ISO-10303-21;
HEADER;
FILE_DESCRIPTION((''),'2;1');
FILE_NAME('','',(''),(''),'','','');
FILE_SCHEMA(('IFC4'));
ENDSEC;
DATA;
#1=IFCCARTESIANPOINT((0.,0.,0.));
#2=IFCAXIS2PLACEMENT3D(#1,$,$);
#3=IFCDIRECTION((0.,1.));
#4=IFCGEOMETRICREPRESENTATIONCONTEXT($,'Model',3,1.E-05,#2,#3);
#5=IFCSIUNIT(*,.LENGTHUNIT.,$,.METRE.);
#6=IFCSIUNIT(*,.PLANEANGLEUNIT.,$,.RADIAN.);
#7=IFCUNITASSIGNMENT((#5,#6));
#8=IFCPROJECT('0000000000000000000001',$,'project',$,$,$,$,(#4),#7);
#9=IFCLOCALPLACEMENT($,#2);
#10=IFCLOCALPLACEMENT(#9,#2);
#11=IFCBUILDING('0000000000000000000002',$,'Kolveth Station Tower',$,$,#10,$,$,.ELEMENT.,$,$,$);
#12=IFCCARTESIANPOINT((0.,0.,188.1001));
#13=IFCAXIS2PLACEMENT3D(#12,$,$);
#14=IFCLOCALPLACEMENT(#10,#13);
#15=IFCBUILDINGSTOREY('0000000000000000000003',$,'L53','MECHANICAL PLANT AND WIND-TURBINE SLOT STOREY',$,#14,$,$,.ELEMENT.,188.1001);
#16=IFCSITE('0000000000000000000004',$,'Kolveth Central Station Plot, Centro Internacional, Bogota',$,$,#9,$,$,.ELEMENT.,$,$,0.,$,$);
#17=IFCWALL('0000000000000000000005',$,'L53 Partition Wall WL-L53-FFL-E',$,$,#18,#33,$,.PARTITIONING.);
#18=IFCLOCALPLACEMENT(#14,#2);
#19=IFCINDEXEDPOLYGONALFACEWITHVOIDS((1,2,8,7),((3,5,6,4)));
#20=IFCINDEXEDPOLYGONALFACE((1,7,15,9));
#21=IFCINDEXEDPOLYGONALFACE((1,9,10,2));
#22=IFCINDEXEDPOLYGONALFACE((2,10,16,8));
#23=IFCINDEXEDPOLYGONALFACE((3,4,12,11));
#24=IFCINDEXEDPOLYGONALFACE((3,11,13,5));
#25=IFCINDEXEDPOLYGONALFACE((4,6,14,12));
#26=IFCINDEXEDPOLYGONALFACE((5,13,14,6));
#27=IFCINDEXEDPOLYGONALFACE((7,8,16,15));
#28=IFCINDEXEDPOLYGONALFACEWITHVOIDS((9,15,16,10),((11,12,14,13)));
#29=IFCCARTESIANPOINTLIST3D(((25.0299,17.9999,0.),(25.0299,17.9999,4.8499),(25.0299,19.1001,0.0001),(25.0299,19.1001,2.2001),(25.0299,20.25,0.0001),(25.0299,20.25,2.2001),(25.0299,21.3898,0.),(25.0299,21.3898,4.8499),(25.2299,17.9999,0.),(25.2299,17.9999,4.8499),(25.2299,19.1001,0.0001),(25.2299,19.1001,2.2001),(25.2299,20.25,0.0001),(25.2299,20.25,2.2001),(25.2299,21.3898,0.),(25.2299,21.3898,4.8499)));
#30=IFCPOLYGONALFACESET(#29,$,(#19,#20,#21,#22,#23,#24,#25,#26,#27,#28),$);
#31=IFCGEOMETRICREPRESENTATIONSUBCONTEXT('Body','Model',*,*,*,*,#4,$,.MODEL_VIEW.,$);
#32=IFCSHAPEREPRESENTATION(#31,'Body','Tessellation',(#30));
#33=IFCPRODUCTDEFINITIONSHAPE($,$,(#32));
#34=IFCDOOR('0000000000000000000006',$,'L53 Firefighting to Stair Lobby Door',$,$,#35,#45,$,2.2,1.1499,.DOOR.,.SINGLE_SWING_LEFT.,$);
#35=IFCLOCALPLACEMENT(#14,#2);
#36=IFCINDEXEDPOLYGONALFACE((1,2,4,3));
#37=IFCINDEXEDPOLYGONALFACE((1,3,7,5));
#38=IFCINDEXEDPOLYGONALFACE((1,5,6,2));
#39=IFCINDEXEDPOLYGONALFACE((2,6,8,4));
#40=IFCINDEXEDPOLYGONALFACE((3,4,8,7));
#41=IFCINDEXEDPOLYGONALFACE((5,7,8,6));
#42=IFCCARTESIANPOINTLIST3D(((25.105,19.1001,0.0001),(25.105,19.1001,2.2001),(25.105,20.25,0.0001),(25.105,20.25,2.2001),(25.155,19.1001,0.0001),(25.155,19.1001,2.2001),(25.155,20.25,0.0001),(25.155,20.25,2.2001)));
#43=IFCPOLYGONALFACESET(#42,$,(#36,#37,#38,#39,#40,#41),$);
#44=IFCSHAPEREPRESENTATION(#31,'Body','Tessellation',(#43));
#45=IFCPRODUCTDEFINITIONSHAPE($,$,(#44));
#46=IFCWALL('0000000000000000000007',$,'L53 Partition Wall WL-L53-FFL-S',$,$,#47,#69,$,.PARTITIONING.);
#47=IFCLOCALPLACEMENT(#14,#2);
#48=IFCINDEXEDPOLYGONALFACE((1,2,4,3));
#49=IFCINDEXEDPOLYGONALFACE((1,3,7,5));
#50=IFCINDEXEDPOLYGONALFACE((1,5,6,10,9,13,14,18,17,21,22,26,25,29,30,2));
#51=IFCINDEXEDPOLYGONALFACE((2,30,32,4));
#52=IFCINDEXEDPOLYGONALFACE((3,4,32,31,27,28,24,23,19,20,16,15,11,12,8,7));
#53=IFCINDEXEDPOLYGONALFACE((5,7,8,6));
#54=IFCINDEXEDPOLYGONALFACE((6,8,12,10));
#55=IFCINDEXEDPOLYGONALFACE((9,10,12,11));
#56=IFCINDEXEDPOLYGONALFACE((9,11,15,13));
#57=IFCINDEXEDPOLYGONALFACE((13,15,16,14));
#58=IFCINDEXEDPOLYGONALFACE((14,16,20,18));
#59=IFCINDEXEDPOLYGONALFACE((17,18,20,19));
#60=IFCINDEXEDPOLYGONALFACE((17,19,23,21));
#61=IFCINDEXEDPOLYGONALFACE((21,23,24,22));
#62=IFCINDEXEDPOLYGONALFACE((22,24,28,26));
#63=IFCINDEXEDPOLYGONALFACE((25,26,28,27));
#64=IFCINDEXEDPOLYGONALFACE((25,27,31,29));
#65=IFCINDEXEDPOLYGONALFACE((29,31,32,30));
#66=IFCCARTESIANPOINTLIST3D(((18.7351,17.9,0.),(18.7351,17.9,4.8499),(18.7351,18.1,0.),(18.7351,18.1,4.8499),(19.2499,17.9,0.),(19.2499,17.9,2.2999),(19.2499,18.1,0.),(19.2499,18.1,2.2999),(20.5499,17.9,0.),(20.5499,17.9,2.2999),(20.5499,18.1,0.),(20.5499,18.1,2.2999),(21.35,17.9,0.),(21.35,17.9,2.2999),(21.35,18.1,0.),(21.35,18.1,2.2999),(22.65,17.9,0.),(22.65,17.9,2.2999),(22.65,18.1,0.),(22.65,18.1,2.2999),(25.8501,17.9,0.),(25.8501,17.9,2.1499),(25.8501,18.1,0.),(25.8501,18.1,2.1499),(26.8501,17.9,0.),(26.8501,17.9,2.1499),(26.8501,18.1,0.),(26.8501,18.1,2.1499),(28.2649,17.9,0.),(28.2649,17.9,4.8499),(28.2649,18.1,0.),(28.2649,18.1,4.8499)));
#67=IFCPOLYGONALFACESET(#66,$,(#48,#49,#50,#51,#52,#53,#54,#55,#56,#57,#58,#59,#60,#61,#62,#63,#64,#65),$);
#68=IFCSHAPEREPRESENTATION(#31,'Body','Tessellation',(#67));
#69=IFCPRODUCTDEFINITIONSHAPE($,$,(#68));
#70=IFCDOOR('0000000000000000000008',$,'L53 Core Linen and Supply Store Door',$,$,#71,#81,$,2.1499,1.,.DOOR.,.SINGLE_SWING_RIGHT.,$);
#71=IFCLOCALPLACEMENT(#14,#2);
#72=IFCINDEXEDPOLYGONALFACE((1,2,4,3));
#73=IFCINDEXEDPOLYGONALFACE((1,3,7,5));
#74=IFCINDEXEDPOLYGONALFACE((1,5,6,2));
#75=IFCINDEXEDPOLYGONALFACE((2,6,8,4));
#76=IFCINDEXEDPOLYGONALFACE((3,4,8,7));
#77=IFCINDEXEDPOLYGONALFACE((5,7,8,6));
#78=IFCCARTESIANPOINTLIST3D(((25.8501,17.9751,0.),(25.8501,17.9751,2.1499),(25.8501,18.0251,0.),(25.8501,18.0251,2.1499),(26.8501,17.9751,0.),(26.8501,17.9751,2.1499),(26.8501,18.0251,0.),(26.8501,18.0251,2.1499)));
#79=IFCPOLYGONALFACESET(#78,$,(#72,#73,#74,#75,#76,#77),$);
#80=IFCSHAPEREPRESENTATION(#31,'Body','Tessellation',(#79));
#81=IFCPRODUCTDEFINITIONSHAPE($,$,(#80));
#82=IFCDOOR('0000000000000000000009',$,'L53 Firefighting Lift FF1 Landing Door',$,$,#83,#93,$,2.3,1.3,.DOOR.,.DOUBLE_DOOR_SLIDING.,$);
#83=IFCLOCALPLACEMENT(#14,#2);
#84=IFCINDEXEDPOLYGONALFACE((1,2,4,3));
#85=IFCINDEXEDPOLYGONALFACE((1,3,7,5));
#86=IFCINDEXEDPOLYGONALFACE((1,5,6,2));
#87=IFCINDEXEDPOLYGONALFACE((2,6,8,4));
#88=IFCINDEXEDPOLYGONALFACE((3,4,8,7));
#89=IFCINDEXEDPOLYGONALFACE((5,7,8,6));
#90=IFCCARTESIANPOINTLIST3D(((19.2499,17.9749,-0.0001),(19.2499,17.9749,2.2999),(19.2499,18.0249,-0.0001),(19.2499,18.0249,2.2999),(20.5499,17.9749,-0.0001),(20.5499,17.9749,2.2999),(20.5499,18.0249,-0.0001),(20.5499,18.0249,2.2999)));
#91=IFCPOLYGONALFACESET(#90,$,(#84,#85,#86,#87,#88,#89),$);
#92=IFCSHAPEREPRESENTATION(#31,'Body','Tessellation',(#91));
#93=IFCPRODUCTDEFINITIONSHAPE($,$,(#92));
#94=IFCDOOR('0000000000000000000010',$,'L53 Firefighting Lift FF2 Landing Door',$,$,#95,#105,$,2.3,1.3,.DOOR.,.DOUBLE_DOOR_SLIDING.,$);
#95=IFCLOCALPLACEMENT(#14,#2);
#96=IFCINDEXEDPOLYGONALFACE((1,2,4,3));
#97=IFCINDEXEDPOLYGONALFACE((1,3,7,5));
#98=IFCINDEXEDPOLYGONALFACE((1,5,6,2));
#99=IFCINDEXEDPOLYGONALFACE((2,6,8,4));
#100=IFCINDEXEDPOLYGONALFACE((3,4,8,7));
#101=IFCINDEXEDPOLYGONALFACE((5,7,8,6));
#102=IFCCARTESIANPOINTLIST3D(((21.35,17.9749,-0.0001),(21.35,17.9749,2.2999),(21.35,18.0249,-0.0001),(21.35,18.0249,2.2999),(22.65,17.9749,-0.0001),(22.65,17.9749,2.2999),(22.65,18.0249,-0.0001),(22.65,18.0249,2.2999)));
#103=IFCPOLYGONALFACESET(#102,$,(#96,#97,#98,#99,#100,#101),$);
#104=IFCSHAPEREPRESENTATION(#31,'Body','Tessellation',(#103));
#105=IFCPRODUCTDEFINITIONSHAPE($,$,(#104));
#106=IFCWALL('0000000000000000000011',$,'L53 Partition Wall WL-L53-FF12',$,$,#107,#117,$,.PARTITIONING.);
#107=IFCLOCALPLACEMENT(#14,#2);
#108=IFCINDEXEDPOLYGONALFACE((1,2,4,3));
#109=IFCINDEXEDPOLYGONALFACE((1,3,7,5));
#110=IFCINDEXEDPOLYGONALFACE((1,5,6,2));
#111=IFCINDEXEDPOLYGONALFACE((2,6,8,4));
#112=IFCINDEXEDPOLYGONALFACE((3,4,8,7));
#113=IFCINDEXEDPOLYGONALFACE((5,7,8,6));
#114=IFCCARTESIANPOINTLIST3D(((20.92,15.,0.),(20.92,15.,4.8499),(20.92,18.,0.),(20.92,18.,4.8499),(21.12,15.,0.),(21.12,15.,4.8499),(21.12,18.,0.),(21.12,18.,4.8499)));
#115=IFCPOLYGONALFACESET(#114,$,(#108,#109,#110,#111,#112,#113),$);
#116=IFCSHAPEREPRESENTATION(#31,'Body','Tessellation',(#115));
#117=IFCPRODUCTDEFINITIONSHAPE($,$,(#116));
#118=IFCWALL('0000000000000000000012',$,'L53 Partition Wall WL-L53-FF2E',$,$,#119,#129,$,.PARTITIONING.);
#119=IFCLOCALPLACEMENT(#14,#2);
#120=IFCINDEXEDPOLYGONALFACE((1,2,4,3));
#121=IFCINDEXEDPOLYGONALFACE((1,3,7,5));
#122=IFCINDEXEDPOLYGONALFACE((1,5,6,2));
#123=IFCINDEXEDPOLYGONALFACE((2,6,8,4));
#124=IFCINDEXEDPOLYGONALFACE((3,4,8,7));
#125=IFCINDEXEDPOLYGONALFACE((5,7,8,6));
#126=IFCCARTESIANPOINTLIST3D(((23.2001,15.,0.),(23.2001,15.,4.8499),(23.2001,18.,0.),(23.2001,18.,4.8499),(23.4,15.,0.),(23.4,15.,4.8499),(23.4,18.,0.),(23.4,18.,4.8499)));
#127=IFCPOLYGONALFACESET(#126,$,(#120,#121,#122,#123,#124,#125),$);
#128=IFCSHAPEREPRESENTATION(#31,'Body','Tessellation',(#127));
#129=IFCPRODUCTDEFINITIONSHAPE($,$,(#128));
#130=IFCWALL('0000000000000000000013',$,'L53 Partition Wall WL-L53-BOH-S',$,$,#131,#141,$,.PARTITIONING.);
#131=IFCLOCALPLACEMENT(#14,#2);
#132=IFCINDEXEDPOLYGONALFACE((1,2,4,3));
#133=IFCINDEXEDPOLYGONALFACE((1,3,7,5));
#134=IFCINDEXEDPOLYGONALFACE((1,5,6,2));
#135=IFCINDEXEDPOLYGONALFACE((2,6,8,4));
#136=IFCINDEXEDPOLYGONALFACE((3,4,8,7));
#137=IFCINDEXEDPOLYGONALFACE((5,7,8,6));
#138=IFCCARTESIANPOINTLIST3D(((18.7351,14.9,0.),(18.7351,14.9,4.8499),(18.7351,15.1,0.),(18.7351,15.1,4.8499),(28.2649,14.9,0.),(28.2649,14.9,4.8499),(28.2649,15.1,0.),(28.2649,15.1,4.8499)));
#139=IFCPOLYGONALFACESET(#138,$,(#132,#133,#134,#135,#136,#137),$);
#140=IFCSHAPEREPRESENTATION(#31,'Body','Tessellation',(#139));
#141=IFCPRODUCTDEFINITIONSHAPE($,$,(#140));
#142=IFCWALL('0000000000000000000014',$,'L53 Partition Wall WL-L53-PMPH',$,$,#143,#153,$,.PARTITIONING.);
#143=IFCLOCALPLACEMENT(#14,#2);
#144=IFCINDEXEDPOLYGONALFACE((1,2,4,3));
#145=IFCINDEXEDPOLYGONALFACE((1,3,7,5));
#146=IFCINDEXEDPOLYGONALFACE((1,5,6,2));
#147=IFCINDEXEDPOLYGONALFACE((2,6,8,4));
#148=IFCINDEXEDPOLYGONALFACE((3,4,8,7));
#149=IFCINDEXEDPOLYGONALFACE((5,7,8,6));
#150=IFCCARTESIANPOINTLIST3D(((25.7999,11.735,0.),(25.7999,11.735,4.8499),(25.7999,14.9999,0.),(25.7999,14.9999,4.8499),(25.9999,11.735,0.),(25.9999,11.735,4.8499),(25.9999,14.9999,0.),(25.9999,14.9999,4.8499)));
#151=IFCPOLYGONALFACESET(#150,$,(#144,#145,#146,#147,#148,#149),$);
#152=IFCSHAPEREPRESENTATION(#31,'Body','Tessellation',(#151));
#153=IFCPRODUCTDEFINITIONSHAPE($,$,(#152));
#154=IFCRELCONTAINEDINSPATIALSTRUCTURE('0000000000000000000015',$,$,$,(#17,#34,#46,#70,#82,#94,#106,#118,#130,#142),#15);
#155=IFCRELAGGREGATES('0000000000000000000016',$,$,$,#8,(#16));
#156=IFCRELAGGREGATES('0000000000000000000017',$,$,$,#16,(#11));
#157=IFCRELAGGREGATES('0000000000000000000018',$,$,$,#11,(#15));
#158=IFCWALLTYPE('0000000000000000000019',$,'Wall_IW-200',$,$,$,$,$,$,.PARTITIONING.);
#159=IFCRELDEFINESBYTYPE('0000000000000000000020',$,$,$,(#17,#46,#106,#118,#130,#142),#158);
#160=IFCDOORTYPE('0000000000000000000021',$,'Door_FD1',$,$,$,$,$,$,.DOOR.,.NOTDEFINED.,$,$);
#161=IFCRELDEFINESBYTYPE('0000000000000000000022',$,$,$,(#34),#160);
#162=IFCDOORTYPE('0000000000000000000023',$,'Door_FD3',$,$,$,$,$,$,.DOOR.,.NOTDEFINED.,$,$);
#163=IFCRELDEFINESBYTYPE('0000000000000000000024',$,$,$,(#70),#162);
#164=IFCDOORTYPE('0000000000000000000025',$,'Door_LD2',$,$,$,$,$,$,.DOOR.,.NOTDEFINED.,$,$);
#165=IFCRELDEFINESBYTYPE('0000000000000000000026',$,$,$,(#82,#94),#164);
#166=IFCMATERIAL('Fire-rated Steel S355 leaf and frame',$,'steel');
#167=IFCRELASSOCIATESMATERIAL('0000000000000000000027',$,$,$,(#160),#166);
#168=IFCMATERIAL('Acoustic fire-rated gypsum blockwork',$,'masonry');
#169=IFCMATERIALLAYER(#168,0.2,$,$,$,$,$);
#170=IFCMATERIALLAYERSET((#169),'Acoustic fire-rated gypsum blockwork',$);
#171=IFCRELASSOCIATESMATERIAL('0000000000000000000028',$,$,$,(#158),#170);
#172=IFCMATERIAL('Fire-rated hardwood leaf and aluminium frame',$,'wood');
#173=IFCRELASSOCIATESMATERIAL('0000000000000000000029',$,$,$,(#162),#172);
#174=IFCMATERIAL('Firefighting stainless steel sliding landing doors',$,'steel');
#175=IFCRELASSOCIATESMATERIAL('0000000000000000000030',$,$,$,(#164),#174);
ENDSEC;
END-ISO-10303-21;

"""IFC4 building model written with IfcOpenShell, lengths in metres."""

from ifc_helpers import new_model, si_unit, direction, frame, frame_2d, origin, place, context, subcontext, project, spatial, rectangle, extrude, material, layer, layer_set, type_object, element, fill, save


model = new_model("IFC4")

# Units and contexts
model_context = context("Model", 3, precision=1e-05, world=origin(), true_north=direction((0.0, 1.0)))
body_context = subcontext(model_context, "Body", "Model", "MODEL_VIEW")
ifc_project = project(units=[si_unit("LENGTHUNIT", "METRE"), si_unit("PLANEANGLEUNIT", "RADIAN")], contexts=[model_context])

# Site, building, storey
site_placement = place(None, origin())
site = spatial("IfcSite", under=ifc_project, at=site_placement, Name="Kolveth Central Station Plot, Centro Internacional, Bogota", CompositionType="ELEMENT", RefElevation=0.0)
building_placement = place(site_placement, origin())
building = spatial("IfcBuilding", under=site, at=building_placement, Name="Kolveth Station Tower", CompositionType="ELEMENT")
storey_placement = place(building_placement, frame((0.0, 0.0, 188.1001)))
storey = spatial("IfcBuildingStorey", under=building, at=storey_placement, Name="L53", Description="MECHANICAL PLANT AND WIND-TURBINE SLOT STOREY", CompositionType="ELEMENT", Elevation=188.1001)

# Shared definitions
ifc_material_1 = material(Name="Fire-rated Steel S355 leaf and frame", Category="steel")
door_type_1 = type_object("IfcDoorType", Name="Door_FD1", OperationType="NOTDEFINED", PredefinedType="DOOR", material=ifc_material_1)

# Wall, opening, door
ifc_material_2 = material(Name="Acoustic fire-rated gypsum blockwork", Category="masonry")
ifc_layer_1 = layer(ifc_material_2, 0.2)
ifc_layer_set_1 = layer_set([ifc_layer_1], Name="Acoustic fire-rated gypsum blockwork")
wall_type_1 = type_object("IfcWallType", Name="Wall_IW-200", PredefinedType="PARTITIONING", material=ifc_layer_set_1)
wall_1_placement = place(storey_placement, frame((25.1299, 18.0, 0.0), z_axis=(0.0, 0.0, 1.0), x_axis=(0.0, 1.0, 0.0)))
wall_1 = element("IfcWall", 1, at=wall_1_placement, inside=storey, type_object=wall_type_1, Name="L53 Partition Wall WL-L53-FFL-E", PredefinedType="PARTITIONING", context=body_context, shape_type="SweptSolid", body=[
    extrude(rectangle(XDim=3.3899, YDim=0.2, at=frame_2d((1.6948, 0.0))), origin(), (0.0, 0.0, 1.0), 4.8499),
])
opening_1_placement = place(wall_1_placement, frame((1.1001, 0.0, 0.0)))
opening_1 = element("IfcOpeningElement", 2, at=opening_1_placement, cuts=wall_1, PredefinedType="OPENING", context=body_context, shape_type="SweptSolid", body=[
    extrude(rectangle(XDim=1.1499, YDim=2.2, at=frame_2d((0.575, 1.1001))), frame((0.0, 0.1099, 0.0), z_axis=(0.0, -1.0, 0.0), x_axis=(1.0, 0.0, 0.0)), (0.0, 0.0, 1.0), 0.22),
])
door_1_placement = place(opening_1_placement, origin())
door_1 = element("IfcDoor", 3, at=door_1_placement, inside=storey, type_object=door_type_1, Name="L53 Firefighting to Stair Lobby Door", OperationType="SINGLE_SWING_LEFT", OverallHeight=2.2, OverallWidth=1.1499, PredefinedType="DOOR", context=body_context, shape_type="SweptSolid", body=[
    extrude(rectangle(XDim=1.1499, YDim=2.2, at=frame_2d((0.575, 1.1001))), frame((0.0, 0.0249, 0.0), z_axis=(0.0, -1.0, 0.0), x_axis=(1.0, 0.0, 0.0)), (0.0, 0.0, 1.0), 0.05),
])
fill(opening_1, door_1)

# Wall, openings, doors
wall_2_placement = place(storey_placement, frame((18.7351, 18.0, 0.0), z_axis=(0.0, 0.0, 1.0), x_axis=(1.0, 0.0, 0.0)))
wall_2 = element("IfcWall", 4, at=wall_2_placement, inside=storey, type_object=wall_type_1, Name="L53 Partition Wall WL-L53-FFL-S", PredefinedType="PARTITIONING", context=body_context, shape_type="SweptSolid", body=[
    extrude(rectangle(XDim=9.5298, YDim=0.2, at=frame_2d((4.7649, 0.0))), origin(), (0.0, 0.0, 1.0), 4.8499),
])
opening_2_placement = place(wall_2_placement, frame((0.5149, 0.0, 0.0)))
opening_2 = element("IfcOpeningElement", 5, at=opening_2_placement, cuts=wall_2, PredefinedType="OPENING", context=body_context, shape_type="SweptSolid", body=[
    extrude(rectangle(XDim=1.3, YDim=2.3, at=frame_2d((0.6499, 1.1499))), frame((0.0, 0.1099, 0.0), z_axis=(0.0, -1.0, 0.0), x_axis=(1.0, 0.0, 0.0)), (0.0, 0.0, 1.0), 0.22),
])
opening_3_placement = place(wall_2_placement, frame((2.615, 0.0, 0.0)))
opening_3 = element("IfcOpeningElement", 6, at=opening_3_placement, cuts=wall_2, PredefinedType="OPENING", context=body_context, shape_type="SweptSolid", body=[
    extrude(rectangle(XDim=1.3, YDim=2.3, at=frame_2d((0.6499, 1.1499))), frame((0.0, 0.1099, 0.0), z_axis=(0.0, -1.0, 0.0), x_axis=(1.0, 0.0, 0.0)), (0.0, 0.0, 1.0), 0.22),
])
opening_4_placement = place(wall_2_placement, frame((7.115, 0.0, 0.0)))
opening_4 = element("IfcOpeningElement", 7, at=opening_4_placement, cuts=wall_2, PredefinedType="OPENING", context=body_context, shape_type="SweptSolid", body=[
    extrude(rectangle(XDim=1.0, YDim=2.1499, at=frame_2d((0.5, 1.075))), frame((0.0, 0.1099, 0.0), z_axis=(0.0, -1.0, 0.0), x_axis=(1.0, 0.0, 0.0)), (0.0, 0.0, 1.0), 0.22),
])
ifc_material_3 = material(Name="Fire-rated hardwood leaf and aluminium frame", Category="wood")
door_type_2 = type_object("IfcDoorType", Name="Door_FD3", OperationType="NOTDEFINED", PredefinedType="DOOR", material=ifc_material_3)
door_2_placement = place(opening_4_placement, frame((1.0, 0.0, 0.0), z_axis=(0.0, 0.0, 1.0), x_axis=(-1.0, 0.0, 0.0)))
door_2 = element("IfcDoor", 8, at=door_2_placement, inside=storey, type_object=door_type_2, Name="L53 Core Linen and Supply Store Door", OperationType="SINGLE_SWING_RIGHT", OverallHeight=2.1499, OverallWidth=1.0, PredefinedType="DOOR", context=body_context, shape_type="SweptSolid", body=[
    extrude(rectangle(XDim=1.0, YDim=2.1499, at=frame_2d((0.5, 1.075))), frame((0.0, 0.0249, 0.0), z_axis=(0.0, -1.0, 0.0), x_axis=(1.0, 0.0, 0.0)), (0.0, 0.0, 1.0), 0.05),
])
fill(opening_4, door_2)
ifc_material_4 = material(Name="Firefighting stainless steel sliding landing doors", Category="steel")
door_type_3 = type_object("IfcDoorType", Name="Door_LD2", OperationType="NOTDEFINED", PredefinedType="DOOR", material=ifc_material_4)
door_3_placement = place(opening_2_placement, origin())
door_3 = element("IfcDoor", 9, at=door_3_placement, inside=storey, type_object=door_type_3, Name="L53 Firefighting Lift FF1 Landing Door", OperationType="DOUBLE_DOOR_SLIDING", OverallHeight=2.3, OverallWidth=1.3, PredefinedType="DOOR", context=body_context, shape_type="SweptSolid", body=[
    extrude(rectangle(XDim=1.3, YDim=2.3, at=frame_2d((0.6499, 1.1499))), frame((0.0, 0.0249, 0.0), z_axis=(0.0, -1.0, 0.0), x_axis=(1.0, 0.0, 0.0)), (0.0, 0.0, 1.0), 0.05),
])
fill(opening_2, door_3)
door_4_placement = place(opening_3_placement, origin())
door_4 = element("IfcDoor", 10, at=door_4_placement, inside=storey, type_object=door_type_3, Name="L53 Firefighting Lift FF2 Landing Door", OperationType="DOUBLE_DOOR_SLIDING", OverallHeight=2.3, OverallWidth=1.3, PredefinedType="DOOR", context=body_context, shape_type="SweptSolid", body=[
    extrude(rectangle(XDim=1.3, YDim=2.3, at=frame_2d((0.6499, 1.1499))), frame((0.0, 0.0249, 0.0), z_axis=(0.0, -1.0, 0.0), x_axis=(1.0, 0.0, 0.0)), (0.0, 0.0, 1.0), 0.05),
])
fill(opening_3, door_4)

# Walls
for number, where, z_axis, x_axis, name in (
    (11, (21.02, 15.0, 0.0), (0.0, 0.0, 1.0), (0.0, 1.0, 0.0), "L53 Partition Wall WL-L53-FF12"),
    (12, (23.3, 15.0, 0.0), (0.0, 0.0, 1.0), (0.0, 1.0, 0.0), "L53 Partition Wall WL-L53-FF2E"),
):
    element("IfcWall", number, at=place(storey_placement, frame(where, z_axis=z_axis, x_axis=x_axis)), inside=storey, type_object=wall_type_1, Name=name, PredefinedType="PARTITIONING", context=body_context, shape_type="SweptSolid", body=[
        extrude(rectangle(XDim=3.0, YDim=0.2, at=frame_2d((1.5, 0.0))), origin(), (0.0, 0.0, 1.0), 4.8499),
    ])
wall_3_placement = place(storey_placement, frame((18.7351, 15.0, 0.0), z_axis=(0.0, 0.0, 1.0), x_axis=(1.0, 0.0, 0.0)))
element("IfcWall", 13, at=wall_3_placement, inside=storey, type_object=wall_type_1, Name="L53 Partition Wall WL-L53-BOH-S", PredefinedType="PARTITIONING", context=body_context, shape_type="SweptSolid", body=[
    extrude(rectangle(XDim=9.5298, YDim=0.2, at=frame_2d((4.7649, 0.0))), origin(), (0.0, 0.0, 1.0), 4.8499),
])
wall_4_placement = place(storey_placement, frame((25.8999, 11.7351, 0.0), z_axis=(0.0, 0.0, 1.0), x_axis=(0.0, 1.0, 0.0)))
element("IfcWall", 14, at=wall_4_placement, inside=storey, type_object=wall_type_1, Name="L53 Partition Wall WL-L53-PMPH", PredefinedType="PARTITIONING", context=body_context, shape_type="SweptSolid", body=[
    extrude(rectangle(XDim=3.2649, YDim=0.2, at=frame_2d((1.6323, 0.0))), origin(), (0.0, 0.0, 1.0), 4.8499),
])

save(model, "model.ifc")
